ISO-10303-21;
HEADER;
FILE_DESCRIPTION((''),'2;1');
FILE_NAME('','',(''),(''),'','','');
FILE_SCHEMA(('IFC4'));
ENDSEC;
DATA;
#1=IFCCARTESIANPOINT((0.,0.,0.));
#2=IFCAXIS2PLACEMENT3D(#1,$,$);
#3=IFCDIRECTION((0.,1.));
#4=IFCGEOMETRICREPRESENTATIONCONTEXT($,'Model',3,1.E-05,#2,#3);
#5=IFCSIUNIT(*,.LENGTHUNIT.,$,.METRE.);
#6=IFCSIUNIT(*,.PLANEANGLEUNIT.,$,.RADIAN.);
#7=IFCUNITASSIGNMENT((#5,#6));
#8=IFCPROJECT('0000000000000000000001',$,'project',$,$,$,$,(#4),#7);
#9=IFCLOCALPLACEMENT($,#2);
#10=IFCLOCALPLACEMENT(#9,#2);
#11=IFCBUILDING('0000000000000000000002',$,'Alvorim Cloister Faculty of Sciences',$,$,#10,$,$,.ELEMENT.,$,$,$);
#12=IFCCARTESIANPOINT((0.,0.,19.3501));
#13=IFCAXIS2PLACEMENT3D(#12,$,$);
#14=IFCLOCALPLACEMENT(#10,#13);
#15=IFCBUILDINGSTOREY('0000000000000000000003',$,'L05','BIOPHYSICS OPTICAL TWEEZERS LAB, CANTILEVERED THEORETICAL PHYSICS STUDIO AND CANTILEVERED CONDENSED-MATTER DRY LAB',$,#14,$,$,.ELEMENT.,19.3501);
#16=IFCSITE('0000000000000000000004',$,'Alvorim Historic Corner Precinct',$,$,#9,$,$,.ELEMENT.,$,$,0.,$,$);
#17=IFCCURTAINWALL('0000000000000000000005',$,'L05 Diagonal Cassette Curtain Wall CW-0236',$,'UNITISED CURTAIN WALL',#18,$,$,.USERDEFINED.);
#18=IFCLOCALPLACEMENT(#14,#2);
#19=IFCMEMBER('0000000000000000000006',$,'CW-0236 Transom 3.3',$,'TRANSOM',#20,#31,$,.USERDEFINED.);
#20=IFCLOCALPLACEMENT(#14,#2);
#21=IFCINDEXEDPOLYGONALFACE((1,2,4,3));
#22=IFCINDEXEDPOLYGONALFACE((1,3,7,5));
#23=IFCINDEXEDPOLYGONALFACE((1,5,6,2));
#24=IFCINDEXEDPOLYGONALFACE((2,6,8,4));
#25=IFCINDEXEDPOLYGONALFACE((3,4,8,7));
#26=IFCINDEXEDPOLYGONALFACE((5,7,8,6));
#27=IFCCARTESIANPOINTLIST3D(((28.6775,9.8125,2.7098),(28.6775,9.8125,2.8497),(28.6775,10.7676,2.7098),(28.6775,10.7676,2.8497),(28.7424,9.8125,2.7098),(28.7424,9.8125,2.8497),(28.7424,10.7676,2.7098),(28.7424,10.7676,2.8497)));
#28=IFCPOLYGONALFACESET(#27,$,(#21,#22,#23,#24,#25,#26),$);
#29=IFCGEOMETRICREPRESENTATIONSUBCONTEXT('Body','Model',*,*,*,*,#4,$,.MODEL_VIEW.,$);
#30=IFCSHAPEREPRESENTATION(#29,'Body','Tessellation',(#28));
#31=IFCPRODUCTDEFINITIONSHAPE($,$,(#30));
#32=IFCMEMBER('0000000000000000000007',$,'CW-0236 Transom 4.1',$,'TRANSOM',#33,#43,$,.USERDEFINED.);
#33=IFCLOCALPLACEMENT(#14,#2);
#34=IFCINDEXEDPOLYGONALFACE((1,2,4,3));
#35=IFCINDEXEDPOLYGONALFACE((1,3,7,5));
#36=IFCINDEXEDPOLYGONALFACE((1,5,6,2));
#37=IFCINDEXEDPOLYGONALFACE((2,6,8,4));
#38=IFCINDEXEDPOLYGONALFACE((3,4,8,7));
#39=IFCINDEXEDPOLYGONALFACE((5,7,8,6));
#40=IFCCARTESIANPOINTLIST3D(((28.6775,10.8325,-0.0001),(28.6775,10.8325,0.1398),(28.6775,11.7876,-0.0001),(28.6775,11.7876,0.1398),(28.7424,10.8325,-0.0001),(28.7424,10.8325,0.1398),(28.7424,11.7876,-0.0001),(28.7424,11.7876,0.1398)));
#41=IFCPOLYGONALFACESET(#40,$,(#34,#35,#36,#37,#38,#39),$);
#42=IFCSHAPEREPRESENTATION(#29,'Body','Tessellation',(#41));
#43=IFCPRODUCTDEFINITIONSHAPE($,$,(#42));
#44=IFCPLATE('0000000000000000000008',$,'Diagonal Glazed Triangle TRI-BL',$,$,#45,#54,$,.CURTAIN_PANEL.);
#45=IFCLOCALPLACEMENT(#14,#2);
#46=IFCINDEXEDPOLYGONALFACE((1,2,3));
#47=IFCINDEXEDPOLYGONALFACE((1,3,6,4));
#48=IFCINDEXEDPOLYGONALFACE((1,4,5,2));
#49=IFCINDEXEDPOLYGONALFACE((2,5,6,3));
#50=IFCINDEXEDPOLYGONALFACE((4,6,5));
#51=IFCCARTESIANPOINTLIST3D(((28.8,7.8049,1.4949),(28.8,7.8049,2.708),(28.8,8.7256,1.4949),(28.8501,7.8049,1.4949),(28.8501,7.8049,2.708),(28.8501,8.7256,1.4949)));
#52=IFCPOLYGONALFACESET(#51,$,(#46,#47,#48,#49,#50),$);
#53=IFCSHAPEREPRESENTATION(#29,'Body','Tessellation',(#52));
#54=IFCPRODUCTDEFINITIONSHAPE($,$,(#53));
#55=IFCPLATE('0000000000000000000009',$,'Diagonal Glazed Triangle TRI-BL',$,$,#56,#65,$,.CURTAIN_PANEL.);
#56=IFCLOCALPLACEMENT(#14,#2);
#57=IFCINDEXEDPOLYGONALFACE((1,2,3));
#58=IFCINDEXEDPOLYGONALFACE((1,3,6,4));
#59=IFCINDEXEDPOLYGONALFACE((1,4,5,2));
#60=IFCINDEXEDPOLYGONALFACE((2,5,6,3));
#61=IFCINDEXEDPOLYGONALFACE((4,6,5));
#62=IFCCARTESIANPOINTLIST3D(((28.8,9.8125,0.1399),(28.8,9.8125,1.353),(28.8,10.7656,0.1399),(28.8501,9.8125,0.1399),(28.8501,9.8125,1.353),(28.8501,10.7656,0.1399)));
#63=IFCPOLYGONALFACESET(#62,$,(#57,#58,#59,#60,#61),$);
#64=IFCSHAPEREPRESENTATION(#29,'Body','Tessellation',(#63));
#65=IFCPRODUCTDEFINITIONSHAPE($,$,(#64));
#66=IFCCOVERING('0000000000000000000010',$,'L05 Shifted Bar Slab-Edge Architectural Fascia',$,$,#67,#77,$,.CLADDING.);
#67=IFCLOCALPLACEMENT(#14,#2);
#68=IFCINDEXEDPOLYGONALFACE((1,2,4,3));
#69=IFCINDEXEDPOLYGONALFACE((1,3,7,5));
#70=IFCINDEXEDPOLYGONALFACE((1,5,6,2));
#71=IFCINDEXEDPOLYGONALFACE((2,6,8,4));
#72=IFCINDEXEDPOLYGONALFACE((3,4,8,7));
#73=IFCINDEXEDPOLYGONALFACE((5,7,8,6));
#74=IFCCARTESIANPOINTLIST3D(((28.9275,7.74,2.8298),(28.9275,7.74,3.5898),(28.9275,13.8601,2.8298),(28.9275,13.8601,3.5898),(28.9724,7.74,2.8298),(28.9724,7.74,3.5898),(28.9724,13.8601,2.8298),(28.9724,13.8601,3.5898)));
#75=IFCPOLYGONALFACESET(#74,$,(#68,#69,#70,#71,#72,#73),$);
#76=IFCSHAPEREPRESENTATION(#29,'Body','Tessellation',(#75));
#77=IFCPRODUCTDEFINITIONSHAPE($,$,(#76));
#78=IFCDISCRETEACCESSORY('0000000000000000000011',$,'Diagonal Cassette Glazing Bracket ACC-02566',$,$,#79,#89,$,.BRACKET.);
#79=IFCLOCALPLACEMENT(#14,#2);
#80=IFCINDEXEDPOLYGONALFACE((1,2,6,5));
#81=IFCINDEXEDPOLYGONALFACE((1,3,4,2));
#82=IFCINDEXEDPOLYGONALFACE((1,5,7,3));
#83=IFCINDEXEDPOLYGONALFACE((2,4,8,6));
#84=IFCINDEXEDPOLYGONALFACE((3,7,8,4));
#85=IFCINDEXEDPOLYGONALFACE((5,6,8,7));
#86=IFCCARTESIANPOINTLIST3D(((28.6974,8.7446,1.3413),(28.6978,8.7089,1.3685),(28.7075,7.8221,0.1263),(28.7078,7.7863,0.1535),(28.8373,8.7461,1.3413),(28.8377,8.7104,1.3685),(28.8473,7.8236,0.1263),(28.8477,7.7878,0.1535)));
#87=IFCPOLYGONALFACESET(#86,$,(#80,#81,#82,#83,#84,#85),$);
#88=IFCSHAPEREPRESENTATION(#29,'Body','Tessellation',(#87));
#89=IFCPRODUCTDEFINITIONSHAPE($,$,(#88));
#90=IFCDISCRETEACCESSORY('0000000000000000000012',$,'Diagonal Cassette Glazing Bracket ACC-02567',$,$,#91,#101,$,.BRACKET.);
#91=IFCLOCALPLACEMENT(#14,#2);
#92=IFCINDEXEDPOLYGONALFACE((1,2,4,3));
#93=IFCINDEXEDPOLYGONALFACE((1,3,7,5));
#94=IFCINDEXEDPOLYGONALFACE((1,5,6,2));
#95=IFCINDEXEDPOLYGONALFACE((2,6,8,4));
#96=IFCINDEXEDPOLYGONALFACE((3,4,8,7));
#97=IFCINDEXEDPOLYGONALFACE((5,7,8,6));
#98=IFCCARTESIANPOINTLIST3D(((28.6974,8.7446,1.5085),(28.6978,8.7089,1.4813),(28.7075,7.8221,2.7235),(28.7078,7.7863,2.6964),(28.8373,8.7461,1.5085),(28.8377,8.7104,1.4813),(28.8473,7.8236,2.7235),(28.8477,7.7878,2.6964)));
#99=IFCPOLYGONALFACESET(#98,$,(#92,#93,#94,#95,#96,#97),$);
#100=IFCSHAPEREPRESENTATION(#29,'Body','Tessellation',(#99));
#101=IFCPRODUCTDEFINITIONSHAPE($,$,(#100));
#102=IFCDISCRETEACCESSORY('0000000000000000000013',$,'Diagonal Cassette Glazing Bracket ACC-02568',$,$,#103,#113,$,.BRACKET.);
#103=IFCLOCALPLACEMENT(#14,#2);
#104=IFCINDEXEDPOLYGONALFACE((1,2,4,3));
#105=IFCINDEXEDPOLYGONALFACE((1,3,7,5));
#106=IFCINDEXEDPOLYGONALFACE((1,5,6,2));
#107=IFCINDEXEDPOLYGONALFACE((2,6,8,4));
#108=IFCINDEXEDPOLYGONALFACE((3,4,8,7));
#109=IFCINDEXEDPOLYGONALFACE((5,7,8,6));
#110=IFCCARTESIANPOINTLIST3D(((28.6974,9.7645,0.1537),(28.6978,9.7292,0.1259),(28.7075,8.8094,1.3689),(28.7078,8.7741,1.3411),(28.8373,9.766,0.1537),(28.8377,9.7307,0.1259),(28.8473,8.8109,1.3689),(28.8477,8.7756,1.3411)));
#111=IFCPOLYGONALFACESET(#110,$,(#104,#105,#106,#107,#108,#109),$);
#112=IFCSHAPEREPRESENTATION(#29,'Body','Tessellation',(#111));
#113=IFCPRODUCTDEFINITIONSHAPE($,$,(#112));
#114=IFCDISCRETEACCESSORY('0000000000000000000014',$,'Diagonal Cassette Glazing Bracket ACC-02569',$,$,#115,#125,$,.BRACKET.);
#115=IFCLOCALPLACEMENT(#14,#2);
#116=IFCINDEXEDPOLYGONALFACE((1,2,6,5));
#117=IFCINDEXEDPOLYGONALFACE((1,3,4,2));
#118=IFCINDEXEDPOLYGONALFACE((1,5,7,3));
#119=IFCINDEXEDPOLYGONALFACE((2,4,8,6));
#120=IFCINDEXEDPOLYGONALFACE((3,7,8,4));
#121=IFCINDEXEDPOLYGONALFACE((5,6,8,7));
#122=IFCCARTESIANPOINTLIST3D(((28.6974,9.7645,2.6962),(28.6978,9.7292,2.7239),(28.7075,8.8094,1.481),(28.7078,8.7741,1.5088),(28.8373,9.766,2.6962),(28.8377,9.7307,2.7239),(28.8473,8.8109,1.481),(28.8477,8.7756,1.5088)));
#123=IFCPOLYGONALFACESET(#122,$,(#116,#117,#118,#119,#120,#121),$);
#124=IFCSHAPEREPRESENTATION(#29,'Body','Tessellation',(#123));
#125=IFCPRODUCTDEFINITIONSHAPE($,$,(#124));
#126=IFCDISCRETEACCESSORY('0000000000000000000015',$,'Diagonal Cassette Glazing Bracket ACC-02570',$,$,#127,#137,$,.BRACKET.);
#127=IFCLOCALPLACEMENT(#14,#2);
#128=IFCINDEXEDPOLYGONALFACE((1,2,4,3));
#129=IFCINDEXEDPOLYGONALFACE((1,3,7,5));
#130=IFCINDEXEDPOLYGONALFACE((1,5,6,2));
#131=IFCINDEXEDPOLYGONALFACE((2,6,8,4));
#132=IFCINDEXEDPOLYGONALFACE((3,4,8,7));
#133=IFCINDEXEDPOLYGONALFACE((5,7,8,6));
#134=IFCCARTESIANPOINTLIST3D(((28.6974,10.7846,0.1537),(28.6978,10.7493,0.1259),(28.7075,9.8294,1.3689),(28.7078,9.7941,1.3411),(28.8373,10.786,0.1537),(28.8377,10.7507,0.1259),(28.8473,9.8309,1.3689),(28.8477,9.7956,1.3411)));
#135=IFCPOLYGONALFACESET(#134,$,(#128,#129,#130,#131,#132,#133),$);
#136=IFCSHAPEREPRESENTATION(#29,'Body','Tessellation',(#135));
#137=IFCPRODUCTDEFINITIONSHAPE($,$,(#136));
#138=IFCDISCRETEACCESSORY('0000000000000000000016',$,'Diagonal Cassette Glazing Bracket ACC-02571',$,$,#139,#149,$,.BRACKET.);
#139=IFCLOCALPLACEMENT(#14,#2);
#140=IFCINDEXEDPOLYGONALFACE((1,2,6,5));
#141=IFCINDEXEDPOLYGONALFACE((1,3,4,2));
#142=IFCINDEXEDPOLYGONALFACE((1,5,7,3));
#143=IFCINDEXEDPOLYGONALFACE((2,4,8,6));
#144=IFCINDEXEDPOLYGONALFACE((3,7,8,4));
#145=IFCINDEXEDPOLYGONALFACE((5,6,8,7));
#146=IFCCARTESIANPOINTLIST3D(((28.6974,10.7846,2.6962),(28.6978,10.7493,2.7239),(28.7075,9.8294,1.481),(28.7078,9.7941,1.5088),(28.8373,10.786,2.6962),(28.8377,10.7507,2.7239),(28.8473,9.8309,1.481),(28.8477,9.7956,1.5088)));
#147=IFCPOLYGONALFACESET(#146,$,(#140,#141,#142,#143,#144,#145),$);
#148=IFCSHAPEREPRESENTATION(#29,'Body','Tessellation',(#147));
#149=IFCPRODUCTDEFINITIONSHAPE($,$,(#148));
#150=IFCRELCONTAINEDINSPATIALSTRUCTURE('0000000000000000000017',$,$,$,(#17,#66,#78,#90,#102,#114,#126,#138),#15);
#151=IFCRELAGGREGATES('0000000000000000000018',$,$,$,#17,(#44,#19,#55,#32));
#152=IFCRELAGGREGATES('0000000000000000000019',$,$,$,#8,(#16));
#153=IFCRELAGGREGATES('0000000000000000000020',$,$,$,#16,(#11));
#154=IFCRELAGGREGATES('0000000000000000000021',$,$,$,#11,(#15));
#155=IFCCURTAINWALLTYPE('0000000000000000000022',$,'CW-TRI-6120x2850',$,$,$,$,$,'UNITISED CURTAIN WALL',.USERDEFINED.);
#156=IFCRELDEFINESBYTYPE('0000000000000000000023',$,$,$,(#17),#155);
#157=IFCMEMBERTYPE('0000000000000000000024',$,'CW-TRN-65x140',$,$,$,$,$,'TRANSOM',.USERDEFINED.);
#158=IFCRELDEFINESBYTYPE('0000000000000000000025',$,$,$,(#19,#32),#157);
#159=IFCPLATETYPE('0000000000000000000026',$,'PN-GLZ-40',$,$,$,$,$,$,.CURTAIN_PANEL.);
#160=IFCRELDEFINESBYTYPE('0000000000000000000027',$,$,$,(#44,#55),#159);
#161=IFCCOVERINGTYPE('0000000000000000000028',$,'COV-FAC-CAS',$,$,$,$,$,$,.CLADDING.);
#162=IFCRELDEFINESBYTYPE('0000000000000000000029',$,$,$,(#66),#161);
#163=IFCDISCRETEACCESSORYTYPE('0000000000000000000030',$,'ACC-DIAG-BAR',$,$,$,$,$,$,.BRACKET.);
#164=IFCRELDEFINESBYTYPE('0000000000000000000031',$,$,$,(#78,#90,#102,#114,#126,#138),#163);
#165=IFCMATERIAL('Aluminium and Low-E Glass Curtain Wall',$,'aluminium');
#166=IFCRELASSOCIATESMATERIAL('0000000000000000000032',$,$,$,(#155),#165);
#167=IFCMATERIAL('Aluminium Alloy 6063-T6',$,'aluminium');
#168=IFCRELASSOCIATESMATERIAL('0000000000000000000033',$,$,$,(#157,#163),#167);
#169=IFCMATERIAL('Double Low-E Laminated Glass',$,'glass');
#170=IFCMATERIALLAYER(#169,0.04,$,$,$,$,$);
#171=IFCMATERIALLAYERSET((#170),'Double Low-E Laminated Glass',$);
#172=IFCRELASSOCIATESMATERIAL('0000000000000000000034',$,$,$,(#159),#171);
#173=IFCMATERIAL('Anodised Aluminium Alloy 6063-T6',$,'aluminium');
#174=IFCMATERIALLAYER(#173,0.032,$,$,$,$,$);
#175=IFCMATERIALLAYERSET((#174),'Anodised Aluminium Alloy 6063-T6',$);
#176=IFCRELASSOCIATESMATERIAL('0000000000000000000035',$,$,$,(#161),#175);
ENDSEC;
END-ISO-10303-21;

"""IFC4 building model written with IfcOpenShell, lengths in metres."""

from ifc_helpers import new_model, si_unit, direction, frame, origin, origin_2d, place, context, subcontext, project, spatial, polyline, rectangle, outline, extrude, material, layer, layer_set, material_profile, profile_set, type_object, element, aggregate, save


model = new_model("IFC4")

# Units and contexts
model_context = context("Model", 3, precision=1e-05, world=origin(), true_north=direction((0.0, 1.0)))
body_context = subcontext(model_context, "Body", "Model", "MODEL_VIEW")
ifc_project = project(units=[si_unit("LENGTHUNIT", "METRE"), si_unit("PLANEANGLEUNIT", "RADIAN")], contexts=[model_context])

# Site, building, storey
site_placement = place(None, origin())
site = spatial("IfcSite", under=ifc_project, at=site_placement, Name="Alvorim Historic Corner Precinct", CompositionType="ELEMENT", RefElevation=0.0)
building_placement = place(site_placement, origin())
building = spatial("IfcBuilding", under=site, at=building_placement, Name="Alvorim Cloister Faculty of Sciences", CompositionType="ELEMENT")
storey_placement = place(building_placement, frame((0.0, 0.0, 19.3501)))
storey = spatial("IfcBuildingStorey", under=building, at=storey_placement, Name="L05", Description="BIOPHYSICS OPTICAL TWEEZERS LAB, CANTILEVERED THEORETICAL PHYSICS STUDIO AND CANTILEVERED CONDENSED-MATTER DRY LAB", CompositionType="ELEMENT", Elevation=19.3501)

# Curtain wall, members, plates
ifc_material_1 = material(Name="Aluminium and Low-E Glass Curtain Wall", Category="aluminium")
curtain_wall_type = type_object("IfcCurtainWallType", Name="CW-TRI-6120x2850", ElementType="UNITISED CURTAIN WALL", PredefinedType="USERDEFINED", material=ifc_material_1)
curtain_wall_placement = place(storey_placement, origin())
curtain_wall = element("IfcCurtainWall", 1, at=curtain_wall_placement, inside=storey, type_object=curtain_wall_type, Name="L05 Diagonal Cassette Curtain Wall CW-0236", ObjectType="UNITISED CURTAIN WALL", PredefinedType="USERDEFINED")
ifc_material_2 = material(Name="Aluminium Alloy 6063-T6", Category="aluminium")
ifc_material_profile_1 = material_profile(ifc_material_2, rectangle(XDim=0.0649, YDim=0.1399, at=origin_2d()), Name="ALU-TRN-65x140")
ifc_profile_set_1 = profile_set([ifc_material_profile_1], Name="Aluminium Alloy 6063-T6")
member_type_1 = type_object("IfcMemberType", Name="CW-TRN-65x140", ElementType="TRANSOM", PredefinedType="USERDEFINED", material=ifc_profile_set_1)
member_1_placement = place(storey_placement, frame((28.71, 9.8125, 2.7798), z_axis=(0.0, 1.0, 0.0), x_axis=(-1.0, 0.0, 0.0)))
member_1 = element("IfcMember", 2, at=member_1_placement, type_object=member_type_1, Name="CW-0236 Transom 3.3", ObjectType="TRANSOM", PredefinedType="USERDEFINED", context=body_context, shape_type="SweptSolid", body=[
    extrude(rectangle(XDim=0.0649, YDim=0.1399, at=origin_2d()), origin(), (0.0, 0.0, 1.0), 0.9551),
])
member_2_placement = place(storey_placement, frame((28.71, 10.8325, 0.0698), z_axis=(0.0, 1.0, 0.0), x_axis=(-1.0, 0.0, 0.0)))
member_2 = element("IfcMember", 3, at=member_2_placement, type_object=member_type_1, Name="CW-0236 Transom 4.1", ObjectType="TRANSOM", PredefinedType="USERDEFINED", context=body_context, shape_type="SweptSolid", body=[
    extrude(rectangle(XDim=0.0649, YDim=0.1399, at=origin_2d()), origin(), (0.0, 0.0, 1.0), 0.9551),
])
ifc_material_3 = material(Name="Double Low-E Laminated Glass", Category="glass")
ifc_layer_1 = layer(ifc_material_3, 0.04)
ifc_layer_set_1 = layer_set([ifc_layer_1], Name="Double Low-E Laminated Glass")
plate_type = type_object("IfcPlateType", Name="PN-GLZ-40", PredefinedType="CURTAIN_PANEL", material=ifc_layer_set_1)
plate_1_placement = place(storey_placement, frame((28.825, 7.8049, 1.4949), z_axis=(0.0, 0.0, 1.0), x_axis=(0.0, 1.0, 0.0)))
plate_1 = element("IfcPlate", 4, at=plate_1_placement, type_object=plate_type, Name="Diagonal Glazed Triangle TRI-BL", PredefinedType="CURTAIN_PANEL", context=body_context, shape_type="SweptSolid", body=[
    extrude(outline(polyline([(0.0, 0.0), (0.9207, 0.0), (0.0, 1.2131), (0.0, 0.0)])), frame((0.0, 0.0249, 0.0), z_axis=(0.0, -1.0, 0.0), x_axis=(1.0, 0.0, 0.0)), (0.0, 0.0, 1.0), 0.05),
])
plate_2_placement = place(storey_placement, frame((28.825, 9.8125, 0.1399), z_axis=(0.0, 0.0, 1.0), x_axis=(0.0, 1.0, 0.0)))
plate_2 = element("IfcPlate", 5, at=plate_2_placement, type_object=plate_type, Name="Diagonal Glazed Triangle TRI-BL", PredefinedType="CURTAIN_PANEL", context=body_context, shape_type="SweptSolid", body=[
    extrude(outline(polyline([(0.0, 0.0), (0.9531, 0.0), (0.0, 1.2131), (0.0, 0.0)])), frame((0.0, 0.0249, 0.0), z_axis=(0.0, -1.0, 0.0), x_axis=(1.0, 0.0, 0.0)), (0.0, 0.0, 1.0), 0.05),
])
aggregate(curtain_wall, [plate_1, member_1, plate_2, member_2])

# Covering
ifc_material_4 = material(Name="Anodised Aluminium Alloy 6063-T6", Category="aluminium")
ifc_layer_2 = layer(ifc_material_4, 0.032)
ifc_layer_set_2 = layer_set([ifc_layer_2], Name="Anodised Aluminium Alloy 6063-T6")
covering_type = type_object("IfcCoveringType", Name="COV-FAC-CAS", PredefinedType="CLADDING", material=ifc_layer_set_2)
covering_placement = place(storey_placement, frame((28.95, 7.74, 2.8298), z_axis=(0.0, 0.0, 1.0), x_axis=(0.0, 1.0, 0.0)))
element("IfcCovering", 6, at=covering_placement, inside=storey, type_object=covering_type, Name="L05 Shifted Bar Slab-Edge Architectural Fascia", PredefinedType="CLADDING", context=body_context, shape_type="SweptSolid", body=[
    extrude(outline(polyline([(0.0, 0.0), (6.1201, 0.0), (6.1201, 0.76), (0.0, 0.76), (0.0, 0.0)])), frame((0.0, 0.0225, 0.0), z_axis=(0.0, -1.0, 0.0), x_axis=(1.0, 0.0, 0.0)), (0.0, 0.0, 1.0), 0.0449),
])

# Discrete accessories
discrete_accessory_type = type_object("IfcDiscreteAccessoryType", Name="ACC-DIAG-BAR", PredefinedType="BRACKET", material=ifc_material_2)
for number, where, z_axis, x_axis, name in (
    (7, (28.7776, 7.8049, 0.1399), (-0.006561, 0.604713, 0.796416), (-0.999941, -0.010849, 0.0), "Diagonal Cassette Glazing Bracket ACC-02566"),
    (8, (28.7776, 7.8049, 2.71), (-0.006561, 0.604713, -0.796416), (-0.999941, -0.010849, 0.0), "Diagonal Cassette Glazing Bracket ACC-02567"),
):
    element("IfcDiscreteAccessory", number, at=place(storey_placement, frame(where, z_axis=z_axis, x_axis=x_axis)), inside=storey, type_object=discrete_accessory_type, Name=name, PredefinedType="BRACKET", context=body_context, shape_type="SweptSolid", body=[
        extrude(rectangle(XDim=0.1399, YDim=0.0449, at=origin_2d()), origin(), (0.0, 0.0, 1.0), 1.5256),
    ])
for number, where, z_axis, x_axis, name in (
    (9, (28.7776, 8.7925, 1.355), (-0.006477, 0.617955, -0.786187), (-0.999945, -0.01048, 0.0), "Diagonal Cassette Glazing Bracket ACC-02568"),
    (10, (28.7776, 8.7925, 1.4949), (-0.006477, 0.617955, 0.786187), (-0.999945, -0.01048, 0.0), "Diagonal Cassette Glazing Bracket ACC-02569"),
    (11, (28.7776, 9.8125, 1.355), (-0.006477, 0.617955, -0.786187), (-0.999945, -0.01048, 0.0), "Diagonal Cassette Glazing Bracket ACC-02570"),
    (12, (28.7776, 9.8125, 1.4949), (-0.006477, 0.617955, 0.786187), (-0.999945, -0.01048, 0.0), "Diagonal Cassette Glazing Bracket ACC-02571"),
):
    element("IfcDiscreteAccessory", number, at=place(storey_placement, frame(where, z_axis=z_axis, x_axis=x_axis)), inside=storey, type_object=discrete_accessory_type, Name=name, PredefinedType="BRACKET", context=body_context, shape_type="SweptSolid", body=[
        extrude(rectangle(XDim=0.1399, YDim=0.0449, at=origin_2d()), origin(), (0.0, 0.0, 1.0), 1.5457),
    ])

save(model, "model.ifc")
